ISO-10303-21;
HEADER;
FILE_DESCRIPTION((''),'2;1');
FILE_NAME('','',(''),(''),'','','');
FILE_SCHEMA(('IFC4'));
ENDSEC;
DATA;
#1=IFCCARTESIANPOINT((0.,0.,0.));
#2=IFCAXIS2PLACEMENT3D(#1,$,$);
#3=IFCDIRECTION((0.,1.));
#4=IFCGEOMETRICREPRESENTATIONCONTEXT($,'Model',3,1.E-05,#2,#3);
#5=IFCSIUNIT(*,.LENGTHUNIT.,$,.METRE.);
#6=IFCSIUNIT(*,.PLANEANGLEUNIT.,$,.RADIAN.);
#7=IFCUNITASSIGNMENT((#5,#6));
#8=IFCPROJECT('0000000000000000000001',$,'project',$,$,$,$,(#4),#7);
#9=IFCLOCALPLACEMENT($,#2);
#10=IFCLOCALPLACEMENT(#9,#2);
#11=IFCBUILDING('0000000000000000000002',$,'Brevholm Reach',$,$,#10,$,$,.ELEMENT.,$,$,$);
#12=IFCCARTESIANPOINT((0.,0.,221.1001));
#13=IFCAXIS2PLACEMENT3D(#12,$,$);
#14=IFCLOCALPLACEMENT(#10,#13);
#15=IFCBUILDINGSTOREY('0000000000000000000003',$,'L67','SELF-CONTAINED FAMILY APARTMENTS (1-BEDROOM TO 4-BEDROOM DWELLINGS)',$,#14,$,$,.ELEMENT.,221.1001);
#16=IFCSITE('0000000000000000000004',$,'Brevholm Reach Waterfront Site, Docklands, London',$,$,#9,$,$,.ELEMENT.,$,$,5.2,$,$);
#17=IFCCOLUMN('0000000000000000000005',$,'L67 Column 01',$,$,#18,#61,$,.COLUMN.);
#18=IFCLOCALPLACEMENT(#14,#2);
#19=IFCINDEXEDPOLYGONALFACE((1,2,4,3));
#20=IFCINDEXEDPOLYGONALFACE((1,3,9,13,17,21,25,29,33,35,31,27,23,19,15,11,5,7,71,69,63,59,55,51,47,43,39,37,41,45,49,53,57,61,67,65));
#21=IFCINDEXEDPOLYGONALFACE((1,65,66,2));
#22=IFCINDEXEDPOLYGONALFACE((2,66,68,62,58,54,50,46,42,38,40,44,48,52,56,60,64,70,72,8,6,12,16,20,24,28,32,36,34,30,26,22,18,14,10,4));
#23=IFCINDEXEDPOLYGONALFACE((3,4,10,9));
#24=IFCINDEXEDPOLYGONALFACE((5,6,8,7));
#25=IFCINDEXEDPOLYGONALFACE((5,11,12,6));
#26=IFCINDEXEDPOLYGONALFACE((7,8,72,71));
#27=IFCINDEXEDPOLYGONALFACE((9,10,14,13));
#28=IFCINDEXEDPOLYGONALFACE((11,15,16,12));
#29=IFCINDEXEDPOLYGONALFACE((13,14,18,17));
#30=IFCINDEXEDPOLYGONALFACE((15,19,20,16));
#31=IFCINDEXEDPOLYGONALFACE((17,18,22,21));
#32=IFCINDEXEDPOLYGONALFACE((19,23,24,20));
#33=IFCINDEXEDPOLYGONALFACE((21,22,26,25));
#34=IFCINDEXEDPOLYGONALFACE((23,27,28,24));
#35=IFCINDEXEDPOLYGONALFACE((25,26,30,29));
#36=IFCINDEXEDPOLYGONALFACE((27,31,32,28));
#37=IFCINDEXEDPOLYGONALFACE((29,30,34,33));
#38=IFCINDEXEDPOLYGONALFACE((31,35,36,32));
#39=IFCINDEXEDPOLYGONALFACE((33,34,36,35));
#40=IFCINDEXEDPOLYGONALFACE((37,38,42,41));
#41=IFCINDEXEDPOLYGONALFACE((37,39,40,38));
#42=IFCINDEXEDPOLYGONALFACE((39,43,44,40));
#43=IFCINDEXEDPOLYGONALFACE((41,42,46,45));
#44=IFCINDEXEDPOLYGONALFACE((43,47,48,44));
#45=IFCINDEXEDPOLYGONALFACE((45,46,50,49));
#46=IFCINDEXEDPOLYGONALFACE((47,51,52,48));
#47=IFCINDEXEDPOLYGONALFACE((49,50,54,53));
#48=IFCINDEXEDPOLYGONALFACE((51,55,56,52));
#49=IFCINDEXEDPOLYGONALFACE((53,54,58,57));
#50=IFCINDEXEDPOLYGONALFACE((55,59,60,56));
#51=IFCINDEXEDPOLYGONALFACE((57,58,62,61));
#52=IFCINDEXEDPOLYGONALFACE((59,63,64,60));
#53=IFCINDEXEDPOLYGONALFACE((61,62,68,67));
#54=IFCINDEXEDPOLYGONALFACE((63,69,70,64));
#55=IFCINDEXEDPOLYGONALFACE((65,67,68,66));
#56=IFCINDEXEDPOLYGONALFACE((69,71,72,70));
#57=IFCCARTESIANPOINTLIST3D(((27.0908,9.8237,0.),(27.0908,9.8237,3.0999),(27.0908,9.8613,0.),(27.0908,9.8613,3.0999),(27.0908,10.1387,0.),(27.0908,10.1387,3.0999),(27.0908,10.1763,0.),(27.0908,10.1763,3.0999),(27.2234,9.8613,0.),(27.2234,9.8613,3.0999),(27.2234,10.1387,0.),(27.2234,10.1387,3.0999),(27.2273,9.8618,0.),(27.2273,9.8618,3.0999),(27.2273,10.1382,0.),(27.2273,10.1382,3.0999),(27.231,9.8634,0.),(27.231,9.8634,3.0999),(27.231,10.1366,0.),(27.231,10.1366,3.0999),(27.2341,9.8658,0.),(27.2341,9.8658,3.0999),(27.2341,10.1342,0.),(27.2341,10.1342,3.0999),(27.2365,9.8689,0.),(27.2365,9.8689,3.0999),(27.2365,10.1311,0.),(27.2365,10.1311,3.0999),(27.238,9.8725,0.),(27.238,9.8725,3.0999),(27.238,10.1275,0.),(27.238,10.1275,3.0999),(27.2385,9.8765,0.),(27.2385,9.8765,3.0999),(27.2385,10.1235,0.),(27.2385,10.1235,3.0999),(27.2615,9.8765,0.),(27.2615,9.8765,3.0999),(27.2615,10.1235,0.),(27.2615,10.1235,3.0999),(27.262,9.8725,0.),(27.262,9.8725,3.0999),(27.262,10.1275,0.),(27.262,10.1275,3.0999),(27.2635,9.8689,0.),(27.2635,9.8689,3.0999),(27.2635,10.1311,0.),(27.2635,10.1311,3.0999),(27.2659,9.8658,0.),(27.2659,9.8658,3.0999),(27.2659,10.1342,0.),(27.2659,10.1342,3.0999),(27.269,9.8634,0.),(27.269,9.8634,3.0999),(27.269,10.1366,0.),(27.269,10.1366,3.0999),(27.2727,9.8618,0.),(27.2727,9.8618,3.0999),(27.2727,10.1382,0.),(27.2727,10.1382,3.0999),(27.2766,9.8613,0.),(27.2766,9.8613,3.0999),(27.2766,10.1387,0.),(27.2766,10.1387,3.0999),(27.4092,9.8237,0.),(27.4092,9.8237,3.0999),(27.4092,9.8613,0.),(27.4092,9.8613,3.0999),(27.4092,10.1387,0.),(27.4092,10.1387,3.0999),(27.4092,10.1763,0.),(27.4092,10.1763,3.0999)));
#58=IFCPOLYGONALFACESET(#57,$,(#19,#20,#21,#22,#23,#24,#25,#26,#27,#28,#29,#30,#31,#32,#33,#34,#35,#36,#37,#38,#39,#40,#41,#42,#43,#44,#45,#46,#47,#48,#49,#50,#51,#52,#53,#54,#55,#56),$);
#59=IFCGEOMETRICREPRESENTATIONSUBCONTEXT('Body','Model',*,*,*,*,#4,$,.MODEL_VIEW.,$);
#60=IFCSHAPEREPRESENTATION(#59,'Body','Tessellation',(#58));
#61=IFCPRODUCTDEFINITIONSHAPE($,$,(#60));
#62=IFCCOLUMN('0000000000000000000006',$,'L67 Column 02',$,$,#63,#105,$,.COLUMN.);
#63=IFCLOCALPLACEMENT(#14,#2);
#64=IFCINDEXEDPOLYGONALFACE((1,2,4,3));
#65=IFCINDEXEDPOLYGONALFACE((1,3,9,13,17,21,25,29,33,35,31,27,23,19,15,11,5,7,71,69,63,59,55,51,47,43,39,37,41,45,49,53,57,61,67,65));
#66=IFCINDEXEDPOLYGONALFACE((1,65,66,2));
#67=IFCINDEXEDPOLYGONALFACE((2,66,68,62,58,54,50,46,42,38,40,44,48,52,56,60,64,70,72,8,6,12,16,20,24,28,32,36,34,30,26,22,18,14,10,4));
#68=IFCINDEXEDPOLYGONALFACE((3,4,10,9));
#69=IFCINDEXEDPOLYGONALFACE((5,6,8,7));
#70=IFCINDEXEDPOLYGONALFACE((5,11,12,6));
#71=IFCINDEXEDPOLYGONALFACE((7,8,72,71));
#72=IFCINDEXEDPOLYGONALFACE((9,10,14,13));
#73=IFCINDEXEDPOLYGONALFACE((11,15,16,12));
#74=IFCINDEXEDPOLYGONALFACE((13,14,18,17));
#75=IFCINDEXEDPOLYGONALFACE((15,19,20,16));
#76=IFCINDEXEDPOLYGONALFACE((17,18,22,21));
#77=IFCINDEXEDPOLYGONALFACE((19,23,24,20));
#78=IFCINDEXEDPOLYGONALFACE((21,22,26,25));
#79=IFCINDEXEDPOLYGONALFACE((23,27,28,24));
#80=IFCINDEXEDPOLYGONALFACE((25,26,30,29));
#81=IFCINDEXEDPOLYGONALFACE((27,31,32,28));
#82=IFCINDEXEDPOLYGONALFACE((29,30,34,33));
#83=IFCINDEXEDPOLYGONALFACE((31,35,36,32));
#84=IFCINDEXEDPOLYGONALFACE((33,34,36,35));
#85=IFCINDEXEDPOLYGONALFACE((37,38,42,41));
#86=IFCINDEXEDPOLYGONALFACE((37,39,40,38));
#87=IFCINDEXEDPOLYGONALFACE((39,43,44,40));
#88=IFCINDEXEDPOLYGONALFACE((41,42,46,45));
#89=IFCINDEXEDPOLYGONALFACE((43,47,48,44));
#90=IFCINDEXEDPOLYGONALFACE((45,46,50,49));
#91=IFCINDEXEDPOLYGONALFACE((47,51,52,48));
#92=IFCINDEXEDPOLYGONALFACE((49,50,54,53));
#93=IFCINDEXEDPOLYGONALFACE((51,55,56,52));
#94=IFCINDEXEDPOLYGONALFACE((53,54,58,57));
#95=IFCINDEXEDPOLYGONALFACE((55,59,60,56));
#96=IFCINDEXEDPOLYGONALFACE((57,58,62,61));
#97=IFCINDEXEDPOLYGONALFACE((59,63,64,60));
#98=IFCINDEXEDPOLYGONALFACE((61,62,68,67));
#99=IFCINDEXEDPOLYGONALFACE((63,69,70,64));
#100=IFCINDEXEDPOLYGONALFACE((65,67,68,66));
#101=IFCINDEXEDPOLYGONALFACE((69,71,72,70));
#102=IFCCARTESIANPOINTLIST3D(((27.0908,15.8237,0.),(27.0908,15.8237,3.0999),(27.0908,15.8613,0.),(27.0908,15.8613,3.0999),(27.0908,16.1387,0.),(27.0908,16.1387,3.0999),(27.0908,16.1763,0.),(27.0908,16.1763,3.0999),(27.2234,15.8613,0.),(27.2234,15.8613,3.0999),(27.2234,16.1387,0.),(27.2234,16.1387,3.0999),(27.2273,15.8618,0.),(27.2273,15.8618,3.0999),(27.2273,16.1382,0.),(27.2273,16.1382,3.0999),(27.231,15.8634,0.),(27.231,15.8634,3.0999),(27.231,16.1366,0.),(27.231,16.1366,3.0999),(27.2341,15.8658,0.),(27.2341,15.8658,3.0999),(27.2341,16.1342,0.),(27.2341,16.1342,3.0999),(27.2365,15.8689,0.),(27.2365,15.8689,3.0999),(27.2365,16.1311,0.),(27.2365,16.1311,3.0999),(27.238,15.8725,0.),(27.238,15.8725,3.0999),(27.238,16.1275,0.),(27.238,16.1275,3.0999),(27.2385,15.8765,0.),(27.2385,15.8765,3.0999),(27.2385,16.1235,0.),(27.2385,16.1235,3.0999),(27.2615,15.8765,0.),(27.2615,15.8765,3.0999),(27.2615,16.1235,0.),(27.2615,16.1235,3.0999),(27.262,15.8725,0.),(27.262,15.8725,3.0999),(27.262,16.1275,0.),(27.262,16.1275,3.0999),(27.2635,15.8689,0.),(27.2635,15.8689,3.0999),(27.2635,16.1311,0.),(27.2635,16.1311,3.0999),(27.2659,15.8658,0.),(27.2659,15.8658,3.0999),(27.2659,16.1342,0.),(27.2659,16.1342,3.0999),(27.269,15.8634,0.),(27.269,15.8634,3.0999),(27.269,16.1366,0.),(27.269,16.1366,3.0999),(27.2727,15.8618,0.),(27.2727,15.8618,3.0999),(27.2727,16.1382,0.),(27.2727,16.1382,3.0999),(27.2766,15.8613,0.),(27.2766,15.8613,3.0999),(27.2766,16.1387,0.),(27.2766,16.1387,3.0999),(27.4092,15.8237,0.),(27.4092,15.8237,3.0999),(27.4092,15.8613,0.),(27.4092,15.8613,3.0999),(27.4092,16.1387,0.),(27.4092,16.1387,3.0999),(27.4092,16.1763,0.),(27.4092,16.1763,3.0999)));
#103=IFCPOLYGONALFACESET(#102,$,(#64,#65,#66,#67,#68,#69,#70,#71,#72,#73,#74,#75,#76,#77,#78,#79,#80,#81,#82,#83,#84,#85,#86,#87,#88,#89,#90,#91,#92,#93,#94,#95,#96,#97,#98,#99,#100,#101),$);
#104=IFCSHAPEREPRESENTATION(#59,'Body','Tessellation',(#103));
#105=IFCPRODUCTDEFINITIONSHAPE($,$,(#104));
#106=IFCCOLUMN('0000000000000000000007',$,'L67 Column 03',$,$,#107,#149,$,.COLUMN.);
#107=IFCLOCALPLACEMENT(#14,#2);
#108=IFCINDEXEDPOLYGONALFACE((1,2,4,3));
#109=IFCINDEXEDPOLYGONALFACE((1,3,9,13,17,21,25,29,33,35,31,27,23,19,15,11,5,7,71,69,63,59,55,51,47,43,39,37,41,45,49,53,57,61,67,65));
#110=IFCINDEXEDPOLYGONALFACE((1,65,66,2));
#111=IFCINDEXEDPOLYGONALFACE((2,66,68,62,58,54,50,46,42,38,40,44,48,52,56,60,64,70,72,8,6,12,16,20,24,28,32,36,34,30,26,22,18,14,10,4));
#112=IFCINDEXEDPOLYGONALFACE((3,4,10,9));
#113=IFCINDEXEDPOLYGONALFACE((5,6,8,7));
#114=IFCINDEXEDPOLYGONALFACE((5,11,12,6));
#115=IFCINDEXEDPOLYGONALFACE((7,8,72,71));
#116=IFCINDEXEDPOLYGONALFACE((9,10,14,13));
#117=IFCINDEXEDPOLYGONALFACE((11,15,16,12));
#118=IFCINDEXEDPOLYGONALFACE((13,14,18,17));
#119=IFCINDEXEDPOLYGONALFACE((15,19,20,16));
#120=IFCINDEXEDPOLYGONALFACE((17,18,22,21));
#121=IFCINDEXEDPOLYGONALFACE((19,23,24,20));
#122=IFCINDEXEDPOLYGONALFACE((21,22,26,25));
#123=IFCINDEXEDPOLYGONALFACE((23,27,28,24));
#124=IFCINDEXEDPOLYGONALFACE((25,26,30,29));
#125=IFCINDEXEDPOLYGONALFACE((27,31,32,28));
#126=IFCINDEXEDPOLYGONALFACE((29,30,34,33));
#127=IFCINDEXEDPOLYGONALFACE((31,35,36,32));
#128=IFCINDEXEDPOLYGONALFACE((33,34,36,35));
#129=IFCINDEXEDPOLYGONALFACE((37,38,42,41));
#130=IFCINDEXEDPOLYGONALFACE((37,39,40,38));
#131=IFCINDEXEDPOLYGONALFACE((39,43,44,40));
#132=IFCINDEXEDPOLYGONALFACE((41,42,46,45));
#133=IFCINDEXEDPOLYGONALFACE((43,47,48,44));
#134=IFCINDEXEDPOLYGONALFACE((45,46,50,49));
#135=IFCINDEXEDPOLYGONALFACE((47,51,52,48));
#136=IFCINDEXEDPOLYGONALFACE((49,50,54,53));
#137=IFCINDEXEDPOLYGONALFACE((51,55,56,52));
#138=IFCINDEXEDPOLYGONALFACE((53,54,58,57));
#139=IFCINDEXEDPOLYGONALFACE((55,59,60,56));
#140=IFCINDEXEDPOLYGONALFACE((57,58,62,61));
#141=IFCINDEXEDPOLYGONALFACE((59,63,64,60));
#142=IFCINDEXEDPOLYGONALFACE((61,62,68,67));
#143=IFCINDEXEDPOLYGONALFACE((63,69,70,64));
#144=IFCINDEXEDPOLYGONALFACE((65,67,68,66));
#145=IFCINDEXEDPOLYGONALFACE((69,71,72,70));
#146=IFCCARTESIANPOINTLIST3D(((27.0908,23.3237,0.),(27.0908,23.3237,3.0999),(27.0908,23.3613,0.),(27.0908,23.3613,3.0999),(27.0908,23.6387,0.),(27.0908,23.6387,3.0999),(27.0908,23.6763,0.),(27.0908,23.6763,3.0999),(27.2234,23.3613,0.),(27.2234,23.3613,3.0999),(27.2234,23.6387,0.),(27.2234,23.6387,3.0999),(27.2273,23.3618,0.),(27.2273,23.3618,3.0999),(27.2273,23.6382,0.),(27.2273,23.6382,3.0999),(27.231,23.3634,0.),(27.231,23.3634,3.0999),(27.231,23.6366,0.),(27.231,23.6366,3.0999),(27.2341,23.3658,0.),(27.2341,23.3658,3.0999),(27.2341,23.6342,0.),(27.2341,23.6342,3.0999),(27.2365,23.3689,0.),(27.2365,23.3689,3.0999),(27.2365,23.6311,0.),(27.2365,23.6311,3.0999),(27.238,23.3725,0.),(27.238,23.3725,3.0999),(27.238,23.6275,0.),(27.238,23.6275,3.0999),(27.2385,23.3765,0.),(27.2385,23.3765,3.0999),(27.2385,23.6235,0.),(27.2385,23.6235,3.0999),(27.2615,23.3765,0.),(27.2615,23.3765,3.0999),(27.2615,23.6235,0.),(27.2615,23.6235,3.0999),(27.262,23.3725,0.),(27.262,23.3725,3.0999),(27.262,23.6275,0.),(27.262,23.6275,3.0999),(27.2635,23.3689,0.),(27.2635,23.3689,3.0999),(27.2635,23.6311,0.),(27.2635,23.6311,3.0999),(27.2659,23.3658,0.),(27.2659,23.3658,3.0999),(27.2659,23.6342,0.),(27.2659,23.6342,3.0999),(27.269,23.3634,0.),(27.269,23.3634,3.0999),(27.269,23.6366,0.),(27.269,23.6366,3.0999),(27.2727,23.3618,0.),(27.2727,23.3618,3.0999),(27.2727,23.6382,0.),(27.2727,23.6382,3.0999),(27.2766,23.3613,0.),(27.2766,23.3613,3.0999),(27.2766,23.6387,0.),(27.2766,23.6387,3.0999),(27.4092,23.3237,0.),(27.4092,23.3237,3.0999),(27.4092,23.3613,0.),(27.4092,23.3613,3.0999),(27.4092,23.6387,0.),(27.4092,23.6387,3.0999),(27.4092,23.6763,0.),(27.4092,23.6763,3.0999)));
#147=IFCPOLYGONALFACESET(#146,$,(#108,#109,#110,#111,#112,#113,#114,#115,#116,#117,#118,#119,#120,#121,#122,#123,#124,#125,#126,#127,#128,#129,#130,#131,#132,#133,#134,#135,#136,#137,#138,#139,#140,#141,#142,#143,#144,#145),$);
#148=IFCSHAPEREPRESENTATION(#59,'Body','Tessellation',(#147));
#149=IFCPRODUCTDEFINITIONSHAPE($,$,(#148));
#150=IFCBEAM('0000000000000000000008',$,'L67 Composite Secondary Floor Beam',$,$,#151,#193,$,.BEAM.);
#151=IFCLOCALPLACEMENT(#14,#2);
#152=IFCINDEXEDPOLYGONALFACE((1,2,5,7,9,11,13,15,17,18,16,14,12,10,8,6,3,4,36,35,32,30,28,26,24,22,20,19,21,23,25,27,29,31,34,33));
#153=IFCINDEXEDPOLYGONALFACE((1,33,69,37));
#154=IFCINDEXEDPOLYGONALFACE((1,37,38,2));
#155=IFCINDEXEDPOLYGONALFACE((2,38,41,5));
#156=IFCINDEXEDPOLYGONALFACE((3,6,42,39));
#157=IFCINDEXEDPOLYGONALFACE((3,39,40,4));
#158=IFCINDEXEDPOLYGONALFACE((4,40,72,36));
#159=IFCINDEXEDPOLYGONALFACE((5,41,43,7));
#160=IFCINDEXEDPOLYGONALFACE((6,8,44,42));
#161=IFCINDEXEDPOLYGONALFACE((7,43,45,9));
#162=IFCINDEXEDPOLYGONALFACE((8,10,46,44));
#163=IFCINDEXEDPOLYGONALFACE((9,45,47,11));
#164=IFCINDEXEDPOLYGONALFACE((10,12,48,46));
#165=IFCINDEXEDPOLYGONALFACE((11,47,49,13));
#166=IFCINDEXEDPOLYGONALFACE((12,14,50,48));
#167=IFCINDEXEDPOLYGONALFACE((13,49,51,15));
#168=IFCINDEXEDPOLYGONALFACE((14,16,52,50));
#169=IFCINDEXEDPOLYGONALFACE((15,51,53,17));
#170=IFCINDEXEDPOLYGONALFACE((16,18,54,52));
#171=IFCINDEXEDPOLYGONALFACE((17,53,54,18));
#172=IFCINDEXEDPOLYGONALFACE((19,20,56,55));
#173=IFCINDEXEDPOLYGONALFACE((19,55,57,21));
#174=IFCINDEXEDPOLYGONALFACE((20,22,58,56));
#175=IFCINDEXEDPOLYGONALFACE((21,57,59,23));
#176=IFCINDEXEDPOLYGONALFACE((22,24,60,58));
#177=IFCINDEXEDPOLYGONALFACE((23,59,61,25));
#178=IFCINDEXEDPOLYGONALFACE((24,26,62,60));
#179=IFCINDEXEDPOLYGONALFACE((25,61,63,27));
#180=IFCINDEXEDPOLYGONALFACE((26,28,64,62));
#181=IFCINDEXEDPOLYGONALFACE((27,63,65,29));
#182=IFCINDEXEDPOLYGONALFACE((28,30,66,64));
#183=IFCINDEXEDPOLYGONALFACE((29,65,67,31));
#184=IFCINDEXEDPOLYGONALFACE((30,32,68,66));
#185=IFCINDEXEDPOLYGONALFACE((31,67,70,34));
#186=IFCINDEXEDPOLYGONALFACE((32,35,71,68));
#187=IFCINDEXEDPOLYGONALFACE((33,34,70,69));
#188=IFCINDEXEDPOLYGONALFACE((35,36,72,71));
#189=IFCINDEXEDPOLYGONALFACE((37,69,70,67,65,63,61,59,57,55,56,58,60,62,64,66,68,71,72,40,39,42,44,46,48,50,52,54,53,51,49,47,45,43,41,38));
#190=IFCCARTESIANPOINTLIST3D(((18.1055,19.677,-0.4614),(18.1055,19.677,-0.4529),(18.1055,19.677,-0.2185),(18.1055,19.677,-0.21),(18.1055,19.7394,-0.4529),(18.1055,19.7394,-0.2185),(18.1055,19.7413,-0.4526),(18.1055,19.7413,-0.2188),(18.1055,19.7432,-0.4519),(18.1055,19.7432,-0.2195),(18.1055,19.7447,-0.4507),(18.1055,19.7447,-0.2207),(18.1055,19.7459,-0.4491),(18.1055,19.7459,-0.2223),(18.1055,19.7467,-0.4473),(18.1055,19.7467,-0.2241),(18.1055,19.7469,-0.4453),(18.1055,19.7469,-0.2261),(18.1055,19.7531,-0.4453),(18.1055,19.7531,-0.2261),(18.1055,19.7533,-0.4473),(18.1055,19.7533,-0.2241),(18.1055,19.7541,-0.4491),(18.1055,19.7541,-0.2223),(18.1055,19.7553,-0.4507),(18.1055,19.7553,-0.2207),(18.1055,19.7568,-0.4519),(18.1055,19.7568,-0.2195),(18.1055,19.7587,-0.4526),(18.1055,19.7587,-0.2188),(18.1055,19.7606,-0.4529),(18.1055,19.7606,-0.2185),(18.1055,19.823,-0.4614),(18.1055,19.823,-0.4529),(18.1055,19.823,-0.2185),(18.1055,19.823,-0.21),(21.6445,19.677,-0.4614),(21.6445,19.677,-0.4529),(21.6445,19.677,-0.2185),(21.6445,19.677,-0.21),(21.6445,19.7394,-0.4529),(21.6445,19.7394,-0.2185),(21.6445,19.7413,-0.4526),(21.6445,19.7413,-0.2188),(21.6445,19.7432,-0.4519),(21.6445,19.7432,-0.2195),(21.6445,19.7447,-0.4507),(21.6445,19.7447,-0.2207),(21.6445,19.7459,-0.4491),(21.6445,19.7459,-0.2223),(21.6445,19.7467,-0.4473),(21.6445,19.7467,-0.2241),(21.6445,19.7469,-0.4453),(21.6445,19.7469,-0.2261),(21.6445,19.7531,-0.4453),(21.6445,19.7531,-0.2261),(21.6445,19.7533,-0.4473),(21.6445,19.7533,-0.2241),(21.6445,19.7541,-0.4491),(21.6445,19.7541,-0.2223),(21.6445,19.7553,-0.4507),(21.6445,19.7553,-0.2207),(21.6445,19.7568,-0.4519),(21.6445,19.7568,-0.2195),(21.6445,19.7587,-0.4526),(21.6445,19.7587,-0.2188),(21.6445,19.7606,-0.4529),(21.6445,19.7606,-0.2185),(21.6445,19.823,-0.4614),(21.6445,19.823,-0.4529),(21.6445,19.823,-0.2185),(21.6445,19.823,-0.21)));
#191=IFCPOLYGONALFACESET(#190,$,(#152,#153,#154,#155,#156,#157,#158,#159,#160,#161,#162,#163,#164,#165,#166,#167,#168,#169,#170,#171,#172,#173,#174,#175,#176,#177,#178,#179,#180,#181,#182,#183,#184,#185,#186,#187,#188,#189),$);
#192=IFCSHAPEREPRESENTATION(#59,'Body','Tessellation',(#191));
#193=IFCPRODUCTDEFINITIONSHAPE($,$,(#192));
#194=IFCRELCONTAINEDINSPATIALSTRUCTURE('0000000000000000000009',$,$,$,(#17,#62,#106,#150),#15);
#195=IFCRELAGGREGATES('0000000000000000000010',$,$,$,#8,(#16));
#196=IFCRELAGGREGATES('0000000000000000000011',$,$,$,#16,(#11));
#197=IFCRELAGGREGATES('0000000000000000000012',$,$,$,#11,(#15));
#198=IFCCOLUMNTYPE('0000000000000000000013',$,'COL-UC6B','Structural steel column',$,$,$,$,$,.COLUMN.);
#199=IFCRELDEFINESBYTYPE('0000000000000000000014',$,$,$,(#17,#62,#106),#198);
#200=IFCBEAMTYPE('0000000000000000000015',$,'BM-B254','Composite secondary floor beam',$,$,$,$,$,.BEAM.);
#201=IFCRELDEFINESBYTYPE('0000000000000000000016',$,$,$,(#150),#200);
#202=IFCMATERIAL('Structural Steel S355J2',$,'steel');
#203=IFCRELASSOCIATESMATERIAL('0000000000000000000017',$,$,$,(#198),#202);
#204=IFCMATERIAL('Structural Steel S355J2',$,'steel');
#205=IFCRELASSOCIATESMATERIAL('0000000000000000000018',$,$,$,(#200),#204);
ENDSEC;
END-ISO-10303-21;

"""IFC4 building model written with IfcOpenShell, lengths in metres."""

from ifc_helpers import new_model, si_unit, direction, frame, origin, origin_2d, place, context, subcontext, project, spatial, i_section, extrude, material, material_profile, profile_set, type_object, element, save


model = new_model("IFC4")

# Units and contexts
model_context = context("Model", 3, precision=1e-05, world=origin(), true_north=direction((0.0, 1.0)))
body_context = subcontext(model_context, "Body", "Model", "MODEL_VIEW")
ifc_project = project(units=[si_unit("LENGTHUNIT", "METRE"), si_unit("PLANEANGLEUNIT", "RADIAN")], contexts=[model_context])

# Site, building, storey
site_placement = place(None, origin())
site = spatial("IfcSite", under=ifc_project, at=site_placement, Name="Brevholm Reach Waterfront Site, Docklands, London", CompositionType="ELEMENT", RefElevation=5.2)
building_placement = place(site_placement, origin())
building = spatial("IfcBuilding", under=site, at=building_placement, Name="Brevholm Reach", CompositionType="ELEMENT")
storey_placement = place(building_placement, frame((0.0, 0.0, 221.1001)))
storey = spatial("IfcBuildingStorey", under=building, at=storey_placement, Name="L67", Description="SELF-CONTAINED FAMILY APARTMENTS (1-BEDROOM TO 4-BEDROOM DWELLINGS)", CompositionType="ELEMENT", Elevation=221.1001)

# Columns
ifc_material_1 = material(Name="Structural Steel S355J2", Category="steel")
ifc_material_profile_1 = material_profile(ifc_material_1, i_section(OverallWidth=0.3184, OverallDepth=0.3525, WebThickness=0.0229, FlangeThickness=0.0376, FilletRadius=0.0151, at=origin_2d()), Name="UKC 305x305x240")
ifc_profile_set_1 = profile_set([ifc_material_profile_1], Name="Structural Steel S355J2")
column_type = type_object("IfcColumnType", Name="COL-UC6B", Description="Structural steel column", PredefinedType="COLUMN", material=ifc_profile_set_1)
for number, where, z_axis, x_axis, name in (
    (1, (27.25, 10.0, 0.0), (0.0, 0.0, 1.0), (1.0, 0.0, 0.0), "L67 Column 01"),
    (2, (27.25, 16.0, 0.0), (0.0, 0.0, 1.0), (1.0, 0.0, 0.0), "L67 Column 02"),
    (3, (27.25, 23.5, 0.0), (0.0, 0.0, 1.0), (1.0, 0.0, 0.0), "L67 Column 03"),
):
    element("IfcColumn", number, at=place(storey_placement, frame(where, z_axis=z_axis, x_axis=x_axis)), inside=storey, type_object=column_type, Name=name, PredefinedType="COLUMN", context=body_context, shape_type="SweptSolid", body=[
        extrude(i_section(OverallWidth=0.3184, OverallDepth=0.3525, WebThickness=0.0229, FlangeThickness=0.0376, FilletRadius=0.0151, at=origin_2d()), origin(), (0.0, 0.0, 1.0), 3.0999),
    ])

# Beam
ifc_material_2 = material(Name="Structural Steel S355J2", Category="steel")
ifc_material_profile_2 = material_profile(ifc_material_2, i_section(OverallWidth=0.146, OverallDepth=0.2515, WebThickness=0.0061, FlangeThickness=0.0085, FilletRadius=0.0076, at=origin_2d()), Name="UKB 254x146x31")
ifc_profile_set_2 = profile_set([ifc_material_profile_2], Name="Structural Steel S355J2")
beam_type_1 = type_object("IfcBeamType", Name="BM-B254", Description="Composite secondary floor beam", PredefinedType="BEAM", material=ifc_profile_set_2)
beam_1_placement = place(storey_placement, frame((18.1055, 19.75, -0.3357), z_axis=(1.0, 0.0, 0.0), x_axis=(0.0, 1.0, 0.0)))
element("IfcBeam", 4, at=beam_1_placement, inside=storey, type_object=beam_type_1, Name="L67 Composite Secondary Floor Beam", PredefinedType="BEAM", context=body_context, shape_type="SweptSolid", body=[
    extrude(i_section(OverallWidth=0.146, OverallDepth=0.2515, WebThickness=0.0061, FlangeThickness=0.0085, FilletRadius=0.0076, at=origin_2d()), origin(), (0.0, 0.0, 1.0), 3.5391),
])

save(model, "model.ifc")
